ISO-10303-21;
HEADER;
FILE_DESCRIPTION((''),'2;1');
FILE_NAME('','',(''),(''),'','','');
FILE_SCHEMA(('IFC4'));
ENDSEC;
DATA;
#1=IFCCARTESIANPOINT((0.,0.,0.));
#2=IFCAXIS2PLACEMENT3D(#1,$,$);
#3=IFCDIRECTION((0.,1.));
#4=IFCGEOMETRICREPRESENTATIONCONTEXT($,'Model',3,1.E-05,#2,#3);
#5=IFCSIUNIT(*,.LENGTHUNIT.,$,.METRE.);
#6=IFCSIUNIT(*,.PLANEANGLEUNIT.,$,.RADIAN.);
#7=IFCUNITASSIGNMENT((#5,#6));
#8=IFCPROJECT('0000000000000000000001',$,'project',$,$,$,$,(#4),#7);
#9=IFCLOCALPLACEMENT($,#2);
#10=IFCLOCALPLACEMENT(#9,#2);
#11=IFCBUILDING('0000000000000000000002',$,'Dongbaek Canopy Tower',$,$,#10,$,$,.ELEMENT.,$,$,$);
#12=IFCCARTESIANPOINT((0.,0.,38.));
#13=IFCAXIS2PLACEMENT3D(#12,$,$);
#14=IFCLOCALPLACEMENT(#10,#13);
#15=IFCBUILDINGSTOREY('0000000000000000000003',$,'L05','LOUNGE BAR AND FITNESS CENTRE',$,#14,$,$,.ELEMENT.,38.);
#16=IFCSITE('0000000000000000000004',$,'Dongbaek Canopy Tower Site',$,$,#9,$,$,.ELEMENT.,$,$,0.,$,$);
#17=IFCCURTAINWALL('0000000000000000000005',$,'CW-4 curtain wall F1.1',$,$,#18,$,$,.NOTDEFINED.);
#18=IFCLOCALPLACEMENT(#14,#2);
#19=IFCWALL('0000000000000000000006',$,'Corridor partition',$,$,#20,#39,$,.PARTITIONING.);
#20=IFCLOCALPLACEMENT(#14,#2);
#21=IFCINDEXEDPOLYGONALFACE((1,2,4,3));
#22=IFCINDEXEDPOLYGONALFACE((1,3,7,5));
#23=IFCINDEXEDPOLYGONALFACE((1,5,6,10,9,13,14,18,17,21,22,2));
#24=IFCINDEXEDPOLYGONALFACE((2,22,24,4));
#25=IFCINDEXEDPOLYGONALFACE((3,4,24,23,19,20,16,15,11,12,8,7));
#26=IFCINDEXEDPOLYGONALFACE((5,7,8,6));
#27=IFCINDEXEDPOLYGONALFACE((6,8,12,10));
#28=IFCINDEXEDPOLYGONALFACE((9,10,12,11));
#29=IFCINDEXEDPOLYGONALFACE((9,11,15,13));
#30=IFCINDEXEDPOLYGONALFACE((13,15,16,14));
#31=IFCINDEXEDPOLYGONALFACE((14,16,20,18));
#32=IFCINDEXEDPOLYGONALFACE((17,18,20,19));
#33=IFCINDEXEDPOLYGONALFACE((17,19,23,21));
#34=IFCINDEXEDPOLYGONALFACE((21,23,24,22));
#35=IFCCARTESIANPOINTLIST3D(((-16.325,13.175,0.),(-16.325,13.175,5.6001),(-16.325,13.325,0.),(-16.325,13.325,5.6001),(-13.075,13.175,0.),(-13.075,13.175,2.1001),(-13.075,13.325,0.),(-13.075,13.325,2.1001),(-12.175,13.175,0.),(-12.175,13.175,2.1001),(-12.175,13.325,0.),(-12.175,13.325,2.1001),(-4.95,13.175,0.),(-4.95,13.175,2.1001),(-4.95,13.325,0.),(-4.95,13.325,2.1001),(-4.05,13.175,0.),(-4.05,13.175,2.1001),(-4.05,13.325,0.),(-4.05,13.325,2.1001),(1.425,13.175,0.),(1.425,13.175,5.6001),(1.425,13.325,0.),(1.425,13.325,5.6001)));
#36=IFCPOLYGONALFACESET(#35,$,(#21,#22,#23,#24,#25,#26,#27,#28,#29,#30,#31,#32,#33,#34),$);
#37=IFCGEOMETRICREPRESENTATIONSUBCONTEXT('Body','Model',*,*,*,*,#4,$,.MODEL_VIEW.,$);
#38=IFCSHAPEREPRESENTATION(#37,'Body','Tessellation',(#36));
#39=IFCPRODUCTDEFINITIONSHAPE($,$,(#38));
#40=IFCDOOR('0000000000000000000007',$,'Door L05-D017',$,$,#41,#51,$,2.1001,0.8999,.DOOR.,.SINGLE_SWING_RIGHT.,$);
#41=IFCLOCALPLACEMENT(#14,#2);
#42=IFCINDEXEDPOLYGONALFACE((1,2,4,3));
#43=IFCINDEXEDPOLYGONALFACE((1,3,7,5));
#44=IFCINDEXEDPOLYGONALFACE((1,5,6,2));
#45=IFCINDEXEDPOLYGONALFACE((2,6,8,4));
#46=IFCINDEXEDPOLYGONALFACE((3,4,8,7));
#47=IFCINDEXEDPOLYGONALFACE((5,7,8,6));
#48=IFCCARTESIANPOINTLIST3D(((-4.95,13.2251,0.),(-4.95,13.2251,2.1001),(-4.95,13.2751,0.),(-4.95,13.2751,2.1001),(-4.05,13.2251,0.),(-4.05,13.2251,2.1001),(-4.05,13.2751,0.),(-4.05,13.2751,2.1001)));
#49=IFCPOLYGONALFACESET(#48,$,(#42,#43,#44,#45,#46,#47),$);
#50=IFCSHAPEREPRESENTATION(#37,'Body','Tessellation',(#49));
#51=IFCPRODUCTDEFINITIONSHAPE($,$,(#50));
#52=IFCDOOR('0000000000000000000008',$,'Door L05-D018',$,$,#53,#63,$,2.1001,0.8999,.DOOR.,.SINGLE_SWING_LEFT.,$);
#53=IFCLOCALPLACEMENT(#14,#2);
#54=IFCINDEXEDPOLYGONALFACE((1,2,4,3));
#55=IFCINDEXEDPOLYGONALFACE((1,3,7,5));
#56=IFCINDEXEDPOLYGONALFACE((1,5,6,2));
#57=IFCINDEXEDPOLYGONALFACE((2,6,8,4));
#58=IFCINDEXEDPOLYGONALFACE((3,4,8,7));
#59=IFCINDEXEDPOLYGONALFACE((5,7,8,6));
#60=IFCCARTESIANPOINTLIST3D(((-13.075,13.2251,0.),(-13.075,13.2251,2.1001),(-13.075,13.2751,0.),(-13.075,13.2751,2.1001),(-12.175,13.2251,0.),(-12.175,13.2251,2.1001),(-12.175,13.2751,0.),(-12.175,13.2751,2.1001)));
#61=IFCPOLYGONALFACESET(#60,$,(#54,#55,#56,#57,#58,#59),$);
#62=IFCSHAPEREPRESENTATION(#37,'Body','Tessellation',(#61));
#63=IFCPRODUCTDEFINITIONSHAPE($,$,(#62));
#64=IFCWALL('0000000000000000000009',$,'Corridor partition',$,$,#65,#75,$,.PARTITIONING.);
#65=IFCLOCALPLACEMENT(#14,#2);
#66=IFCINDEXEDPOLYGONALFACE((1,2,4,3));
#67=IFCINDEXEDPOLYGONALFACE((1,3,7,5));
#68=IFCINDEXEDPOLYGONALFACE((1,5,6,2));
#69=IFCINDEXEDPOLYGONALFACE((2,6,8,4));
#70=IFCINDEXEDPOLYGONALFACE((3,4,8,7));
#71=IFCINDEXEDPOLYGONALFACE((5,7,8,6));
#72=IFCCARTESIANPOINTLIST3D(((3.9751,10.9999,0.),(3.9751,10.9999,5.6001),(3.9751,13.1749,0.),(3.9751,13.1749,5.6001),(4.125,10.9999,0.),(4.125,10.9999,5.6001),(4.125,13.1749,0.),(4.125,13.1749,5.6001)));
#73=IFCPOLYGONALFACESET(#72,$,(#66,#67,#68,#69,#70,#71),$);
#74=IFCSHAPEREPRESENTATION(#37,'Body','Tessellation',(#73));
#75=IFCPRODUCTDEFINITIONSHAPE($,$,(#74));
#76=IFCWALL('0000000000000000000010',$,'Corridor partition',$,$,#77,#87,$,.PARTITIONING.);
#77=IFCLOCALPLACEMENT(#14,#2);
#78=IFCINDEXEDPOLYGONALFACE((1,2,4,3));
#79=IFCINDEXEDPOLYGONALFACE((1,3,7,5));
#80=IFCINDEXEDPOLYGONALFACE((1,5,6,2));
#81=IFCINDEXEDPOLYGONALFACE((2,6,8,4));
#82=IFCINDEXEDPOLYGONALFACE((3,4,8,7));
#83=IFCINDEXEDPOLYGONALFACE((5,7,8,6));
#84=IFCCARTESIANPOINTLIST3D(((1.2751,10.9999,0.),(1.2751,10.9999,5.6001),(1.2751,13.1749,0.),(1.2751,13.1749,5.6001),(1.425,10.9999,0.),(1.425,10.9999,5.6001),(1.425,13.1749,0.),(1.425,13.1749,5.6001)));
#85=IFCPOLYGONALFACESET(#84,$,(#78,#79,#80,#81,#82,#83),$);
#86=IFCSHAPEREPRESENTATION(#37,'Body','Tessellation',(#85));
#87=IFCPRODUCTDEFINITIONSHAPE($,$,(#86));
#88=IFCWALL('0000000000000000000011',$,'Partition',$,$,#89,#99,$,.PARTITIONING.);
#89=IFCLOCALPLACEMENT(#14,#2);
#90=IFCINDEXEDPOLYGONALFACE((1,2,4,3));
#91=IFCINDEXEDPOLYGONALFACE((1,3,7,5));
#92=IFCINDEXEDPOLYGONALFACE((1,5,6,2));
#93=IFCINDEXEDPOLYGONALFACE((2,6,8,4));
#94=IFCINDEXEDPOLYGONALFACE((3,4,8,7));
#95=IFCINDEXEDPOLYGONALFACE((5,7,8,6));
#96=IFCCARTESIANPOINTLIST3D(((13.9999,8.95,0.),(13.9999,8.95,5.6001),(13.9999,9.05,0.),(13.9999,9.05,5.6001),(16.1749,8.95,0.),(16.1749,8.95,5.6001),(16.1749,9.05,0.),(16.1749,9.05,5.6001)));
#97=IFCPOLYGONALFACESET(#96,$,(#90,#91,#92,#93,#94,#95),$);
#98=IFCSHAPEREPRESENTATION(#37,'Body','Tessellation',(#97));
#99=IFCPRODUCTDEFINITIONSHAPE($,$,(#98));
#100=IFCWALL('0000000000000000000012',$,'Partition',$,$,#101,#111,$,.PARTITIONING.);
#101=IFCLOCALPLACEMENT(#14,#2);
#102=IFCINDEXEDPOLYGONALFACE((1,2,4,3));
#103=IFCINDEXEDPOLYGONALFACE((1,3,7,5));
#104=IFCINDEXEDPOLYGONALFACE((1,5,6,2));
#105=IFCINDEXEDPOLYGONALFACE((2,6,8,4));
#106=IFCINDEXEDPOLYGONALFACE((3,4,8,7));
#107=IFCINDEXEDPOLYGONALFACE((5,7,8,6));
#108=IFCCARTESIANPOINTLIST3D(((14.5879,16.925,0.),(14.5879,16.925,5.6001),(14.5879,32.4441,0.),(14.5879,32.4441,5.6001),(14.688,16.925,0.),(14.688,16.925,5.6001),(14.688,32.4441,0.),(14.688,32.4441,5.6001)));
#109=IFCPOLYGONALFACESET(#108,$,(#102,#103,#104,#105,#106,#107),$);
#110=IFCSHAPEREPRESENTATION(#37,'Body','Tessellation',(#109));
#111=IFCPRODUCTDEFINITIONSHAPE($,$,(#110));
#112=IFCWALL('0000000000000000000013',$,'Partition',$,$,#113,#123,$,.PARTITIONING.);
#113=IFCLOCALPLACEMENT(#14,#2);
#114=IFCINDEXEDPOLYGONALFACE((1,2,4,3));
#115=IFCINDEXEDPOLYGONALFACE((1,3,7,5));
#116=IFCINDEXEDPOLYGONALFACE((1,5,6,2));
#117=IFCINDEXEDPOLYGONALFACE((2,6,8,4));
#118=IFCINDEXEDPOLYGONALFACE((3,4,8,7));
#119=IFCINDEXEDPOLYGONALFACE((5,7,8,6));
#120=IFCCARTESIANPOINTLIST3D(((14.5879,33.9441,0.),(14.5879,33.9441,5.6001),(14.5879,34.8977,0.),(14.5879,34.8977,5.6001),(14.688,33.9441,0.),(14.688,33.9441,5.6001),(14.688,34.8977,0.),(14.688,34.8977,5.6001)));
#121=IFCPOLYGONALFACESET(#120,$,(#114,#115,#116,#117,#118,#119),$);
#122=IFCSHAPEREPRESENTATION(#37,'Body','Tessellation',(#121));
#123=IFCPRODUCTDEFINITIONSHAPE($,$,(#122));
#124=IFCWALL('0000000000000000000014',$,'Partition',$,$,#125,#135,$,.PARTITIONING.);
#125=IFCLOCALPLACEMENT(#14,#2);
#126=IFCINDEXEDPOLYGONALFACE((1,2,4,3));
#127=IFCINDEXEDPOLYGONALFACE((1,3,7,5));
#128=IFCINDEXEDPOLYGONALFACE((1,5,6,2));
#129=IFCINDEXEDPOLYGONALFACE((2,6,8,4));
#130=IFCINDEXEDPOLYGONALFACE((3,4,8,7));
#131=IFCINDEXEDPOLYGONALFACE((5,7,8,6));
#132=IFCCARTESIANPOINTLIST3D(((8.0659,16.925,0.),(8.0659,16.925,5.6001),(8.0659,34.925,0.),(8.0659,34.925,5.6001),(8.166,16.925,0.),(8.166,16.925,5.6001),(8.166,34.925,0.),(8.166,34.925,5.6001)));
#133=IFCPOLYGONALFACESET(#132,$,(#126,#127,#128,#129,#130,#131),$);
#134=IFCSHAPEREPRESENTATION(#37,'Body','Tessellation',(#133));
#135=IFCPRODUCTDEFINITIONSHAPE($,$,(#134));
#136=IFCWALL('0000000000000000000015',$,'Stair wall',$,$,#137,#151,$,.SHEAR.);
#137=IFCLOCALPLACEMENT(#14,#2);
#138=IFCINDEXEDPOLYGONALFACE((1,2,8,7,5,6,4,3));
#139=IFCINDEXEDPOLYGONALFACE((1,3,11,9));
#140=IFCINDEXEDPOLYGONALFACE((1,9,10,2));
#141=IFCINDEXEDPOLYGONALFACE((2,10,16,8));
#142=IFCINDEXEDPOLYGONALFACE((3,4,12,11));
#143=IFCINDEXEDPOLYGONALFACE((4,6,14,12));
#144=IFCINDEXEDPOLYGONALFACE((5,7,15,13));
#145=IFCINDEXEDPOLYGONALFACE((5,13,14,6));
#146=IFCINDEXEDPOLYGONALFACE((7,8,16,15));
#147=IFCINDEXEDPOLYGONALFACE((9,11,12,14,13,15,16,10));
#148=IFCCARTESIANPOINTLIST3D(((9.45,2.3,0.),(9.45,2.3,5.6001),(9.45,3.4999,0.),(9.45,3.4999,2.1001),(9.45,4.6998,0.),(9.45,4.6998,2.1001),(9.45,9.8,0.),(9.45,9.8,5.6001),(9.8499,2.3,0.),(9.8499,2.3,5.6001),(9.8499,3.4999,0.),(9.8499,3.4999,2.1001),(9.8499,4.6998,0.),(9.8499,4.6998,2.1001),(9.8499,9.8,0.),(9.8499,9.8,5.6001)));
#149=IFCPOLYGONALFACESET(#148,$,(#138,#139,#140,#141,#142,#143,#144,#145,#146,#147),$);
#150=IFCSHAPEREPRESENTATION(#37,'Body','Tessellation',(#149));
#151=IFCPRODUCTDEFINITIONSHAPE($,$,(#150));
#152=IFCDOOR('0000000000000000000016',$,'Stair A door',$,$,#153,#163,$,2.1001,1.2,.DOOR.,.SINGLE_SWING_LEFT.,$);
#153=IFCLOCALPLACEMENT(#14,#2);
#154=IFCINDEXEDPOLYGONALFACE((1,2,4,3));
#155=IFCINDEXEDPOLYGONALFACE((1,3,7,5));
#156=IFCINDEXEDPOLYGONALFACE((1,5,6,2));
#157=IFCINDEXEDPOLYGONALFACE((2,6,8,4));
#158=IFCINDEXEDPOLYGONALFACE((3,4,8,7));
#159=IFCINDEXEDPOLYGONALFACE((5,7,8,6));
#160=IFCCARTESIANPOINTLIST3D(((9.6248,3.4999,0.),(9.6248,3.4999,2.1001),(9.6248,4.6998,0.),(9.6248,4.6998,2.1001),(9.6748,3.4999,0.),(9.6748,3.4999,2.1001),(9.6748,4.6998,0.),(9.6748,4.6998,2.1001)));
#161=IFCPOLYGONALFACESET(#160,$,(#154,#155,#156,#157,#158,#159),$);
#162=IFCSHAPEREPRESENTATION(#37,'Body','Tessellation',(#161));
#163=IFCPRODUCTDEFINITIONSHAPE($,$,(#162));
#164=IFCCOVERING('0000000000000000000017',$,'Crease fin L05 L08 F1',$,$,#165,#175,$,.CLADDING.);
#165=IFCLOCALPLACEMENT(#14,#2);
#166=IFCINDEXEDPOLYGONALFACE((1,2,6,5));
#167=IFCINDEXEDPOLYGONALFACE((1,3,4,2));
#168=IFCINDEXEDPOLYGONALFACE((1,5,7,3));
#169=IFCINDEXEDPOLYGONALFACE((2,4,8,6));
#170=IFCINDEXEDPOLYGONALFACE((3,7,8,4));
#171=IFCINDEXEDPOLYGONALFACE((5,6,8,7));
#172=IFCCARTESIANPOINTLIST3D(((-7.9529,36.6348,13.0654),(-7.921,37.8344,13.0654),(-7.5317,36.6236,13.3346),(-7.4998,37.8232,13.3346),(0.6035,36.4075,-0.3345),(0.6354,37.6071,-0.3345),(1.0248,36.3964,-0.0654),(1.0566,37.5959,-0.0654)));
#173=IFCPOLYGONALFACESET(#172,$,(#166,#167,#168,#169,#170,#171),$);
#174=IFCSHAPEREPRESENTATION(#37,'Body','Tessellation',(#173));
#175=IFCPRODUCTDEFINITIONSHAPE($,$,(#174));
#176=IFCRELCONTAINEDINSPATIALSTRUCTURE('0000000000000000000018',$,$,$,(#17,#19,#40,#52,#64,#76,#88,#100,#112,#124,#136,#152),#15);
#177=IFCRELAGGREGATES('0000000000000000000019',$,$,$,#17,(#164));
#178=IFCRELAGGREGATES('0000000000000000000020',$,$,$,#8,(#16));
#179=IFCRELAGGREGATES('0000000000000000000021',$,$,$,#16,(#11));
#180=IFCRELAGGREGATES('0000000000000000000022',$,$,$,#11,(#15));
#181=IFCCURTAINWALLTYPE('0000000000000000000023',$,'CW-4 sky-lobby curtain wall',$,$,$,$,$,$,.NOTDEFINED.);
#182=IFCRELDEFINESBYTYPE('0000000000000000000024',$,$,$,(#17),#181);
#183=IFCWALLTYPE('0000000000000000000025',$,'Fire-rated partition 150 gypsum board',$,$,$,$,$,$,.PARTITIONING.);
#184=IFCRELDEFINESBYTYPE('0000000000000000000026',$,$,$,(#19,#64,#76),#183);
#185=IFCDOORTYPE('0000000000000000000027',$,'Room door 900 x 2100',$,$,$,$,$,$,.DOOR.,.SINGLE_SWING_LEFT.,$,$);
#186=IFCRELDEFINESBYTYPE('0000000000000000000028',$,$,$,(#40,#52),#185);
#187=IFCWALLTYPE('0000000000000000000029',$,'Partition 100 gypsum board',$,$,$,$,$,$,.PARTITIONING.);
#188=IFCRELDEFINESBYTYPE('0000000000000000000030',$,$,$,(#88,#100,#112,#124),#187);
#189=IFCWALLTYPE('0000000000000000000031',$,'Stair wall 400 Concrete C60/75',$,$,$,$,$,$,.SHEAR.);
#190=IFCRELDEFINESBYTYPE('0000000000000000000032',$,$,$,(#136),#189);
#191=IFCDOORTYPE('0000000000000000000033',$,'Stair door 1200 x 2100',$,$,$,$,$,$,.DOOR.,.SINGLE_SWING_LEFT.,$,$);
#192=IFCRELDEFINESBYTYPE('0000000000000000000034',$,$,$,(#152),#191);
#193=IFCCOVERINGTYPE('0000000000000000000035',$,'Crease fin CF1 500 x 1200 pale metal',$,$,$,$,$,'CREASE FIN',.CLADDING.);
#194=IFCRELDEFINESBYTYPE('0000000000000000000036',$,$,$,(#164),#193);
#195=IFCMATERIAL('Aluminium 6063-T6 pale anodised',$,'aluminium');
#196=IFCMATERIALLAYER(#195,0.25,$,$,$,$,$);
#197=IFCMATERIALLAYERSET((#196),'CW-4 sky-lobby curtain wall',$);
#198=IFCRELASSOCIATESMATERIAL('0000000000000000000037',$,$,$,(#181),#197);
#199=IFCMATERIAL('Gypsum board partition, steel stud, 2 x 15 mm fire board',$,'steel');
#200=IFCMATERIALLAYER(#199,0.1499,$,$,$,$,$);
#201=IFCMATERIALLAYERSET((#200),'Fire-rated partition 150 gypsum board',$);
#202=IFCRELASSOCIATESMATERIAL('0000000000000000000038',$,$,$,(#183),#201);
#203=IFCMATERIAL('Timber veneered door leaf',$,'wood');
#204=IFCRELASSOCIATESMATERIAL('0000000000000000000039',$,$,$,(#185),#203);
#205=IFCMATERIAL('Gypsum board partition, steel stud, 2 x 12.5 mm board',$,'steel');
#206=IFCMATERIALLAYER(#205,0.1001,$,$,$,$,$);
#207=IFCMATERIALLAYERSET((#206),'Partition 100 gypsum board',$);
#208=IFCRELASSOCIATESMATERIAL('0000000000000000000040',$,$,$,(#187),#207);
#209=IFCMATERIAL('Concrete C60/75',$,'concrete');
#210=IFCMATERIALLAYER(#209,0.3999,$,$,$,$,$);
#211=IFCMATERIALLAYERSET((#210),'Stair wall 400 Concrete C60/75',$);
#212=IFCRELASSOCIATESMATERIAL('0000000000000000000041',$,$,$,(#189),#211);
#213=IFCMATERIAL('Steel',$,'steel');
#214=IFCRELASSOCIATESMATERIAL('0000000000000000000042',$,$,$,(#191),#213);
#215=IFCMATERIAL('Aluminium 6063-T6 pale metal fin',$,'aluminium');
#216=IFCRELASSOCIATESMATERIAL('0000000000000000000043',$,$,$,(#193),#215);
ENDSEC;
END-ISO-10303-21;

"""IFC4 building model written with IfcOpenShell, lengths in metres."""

from ifc_helpers import new_model, si_unit, direction, frame, frame_2d, origin, origin_2d, place, context, subcontext, project, spatial, rectangle, extrude, material, layer, layer_set, material_profile, profile_set, type_object, element, fill, aggregate, save


model = new_model("IFC4")

# Units and contexts
model_context = context("Model", 3, precision=1e-05, world=origin(), true_north=direction((0.0, 1.0)))
body_context = subcontext(model_context, "Body", "Model", "MODEL_VIEW")
ifc_project = project(units=[si_unit("LENGTHUNIT", "METRE"), si_unit("PLANEANGLEUNIT", "RADIAN")], contexts=[model_context])

# Site, building, storey
site_placement = place(None, origin())
site = spatial("IfcSite", under=ifc_project, at=site_placement, Name="Dongbaek Canopy Tower Site", CompositionType="ELEMENT", RefElevation=0.0)
building_placement = place(site_placement, origin())
building = spatial("IfcBuilding", under=site, at=building_placement, Name="Dongbaek Canopy Tower", CompositionType="ELEMENT")
storey_placement = place(building_placement, frame((0.0, 0.0, 38.0)))
storey = spatial("IfcBuildingStorey", under=building, at=storey_placement, Name="L05", Description="LOUNGE BAR AND FITNESS CENTRE", CompositionType="ELEMENT", Elevation=38.0)

# Shared definitions
ifc_material_1 = material(Name="Aluminium 6063-T6 pale anodised", Category="aluminium")
ifc_layer_1 = layer(ifc_material_1, 0.25)
ifc_layer_set_1 = layer_set([ifc_layer_1], Name="CW-4 sky-lobby curtain wall")
curtain_wall_type = type_object("IfcCurtainWallType", Name="CW-4 sky-lobby curtain wall", PredefinedType="NOTDEFINED", material=ifc_layer_set_1)

# Curtain wall
curtain_wall_1_placement = place(storey_placement, origin())
curtain_wall_1 = element("IfcCurtainWall", 1, at=curtain_wall_1_placement, inside=storey, type_object=curtain_wall_type, Name="CW-4 curtain wall F1.1", PredefinedType="NOTDEFINED")

# Wall, openings, doors
ifc_material_2 = material(Name="Gypsum board partition, steel stud, 2 x 15 mm fire board", Category="steel")
ifc_layer_2 = layer(ifc_material_2, 0.1499)
ifc_layer_set_2 = layer_set([ifc_layer_2], Name="Fire-rated partition 150 gypsum board")
wall_type_1 = type_object("IfcWallType", Name="Fire-rated partition 150 gypsum board", PredefinedType="PARTITIONING", material=ifc_layer_set_2)
wall_1_placement = place(storey_placement, frame((1.425, 13.25, 0.0), z_axis=(0.0, 0.0, 1.0), x_axis=(-1.0, 0.0, 0.0)))
wall_1 = element("IfcWall", 2, at=wall_1_placement, inside=storey, type_object=wall_type_1, Name="Corridor partition", PredefinedType="PARTITIONING", context=body_context, shape_type="SweptSolid", body=[
    extrude(rectangle(XDim=17.75, YDim=0.1499, at=frame_2d((8.875, 0.0))), origin(), (0.0, 0.0, 1.0), 5.6001),
])
opening_1_placement = place(wall_1_placement, frame((5.4751, 0.0, 0.0)))
opening_1 = element("IfcOpeningElement", 3, at=opening_1_placement, cuts=wall_1, PredefinedType="OPENING", context=body_context, shape_type="SweptSolid", body=[
    extrude(rectangle(XDim=0.8999, YDim=2.1001, at=frame_2d((0.45, 1.05))), frame((0.0, 0.085, 0.0), z_axis=(0.0, -1.0, 0.0), x_axis=(1.0, 0.0, 0.0)), (0.0, 0.0, 1.0), 0.1699),
])
opening_2_placement = place(wall_1_placement, frame((13.6001, 0.0, 0.0)))
opening_2 = element("IfcOpeningElement", 4, at=opening_2_placement, cuts=wall_1, PredefinedType="OPENING", context=body_context, shape_type="SweptSolid", body=[
    extrude(rectangle(XDim=0.8999, YDim=2.1001, at=frame_2d((0.45, 1.05))), frame((0.0, 0.085, 0.0), z_axis=(0.0, -1.0, 0.0), x_axis=(1.0, 0.0, 0.0)), (0.0, 0.0, 1.0), 0.1699),
])
ifc_material_3 = material(Name="Timber veneered door leaf", Category="wood")
door_type_1 = type_object("IfcDoorType", Name="Room door 900 x 2100", OperationType="SINGLE_SWING_LEFT", PredefinedType="DOOR", material=ifc_material_3)
door_1_placement = place(opening_1_placement, origin())
door_1 = element("IfcDoor", 5, at=door_1_placement, inside=storey, type_object=door_type_1, Name="Door L05-D017", OperationType="SINGLE_SWING_RIGHT", OverallHeight=2.1001, OverallWidth=0.8999, PredefinedType="DOOR", context=body_context, shape_type="SweptSolid", body=[
    extrude(rectangle(XDim=0.8999, YDim=2.1001, at=frame_2d((0.45, 1.05))), frame((0.0, 0.0249, 0.0), z_axis=(0.0, -1.0, 0.0), x_axis=(1.0, 0.0, 0.0)), (0.0, 0.0, 1.0), 0.05),
])
fill(opening_1, door_1)
door_2_placement = place(opening_2_placement, origin())
door_2 = element("IfcDoor", 6, at=door_2_placement, inside=storey, type_object=door_type_1, Name="Door L05-D018", OperationType="SINGLE_SWING_LEFT", OverallHeight=2.1001, OverallWidth=0.8999, PredefinedType="DOOR", context=body_context, shape_type="SweptSolid", body=[
    extrude(rectangle(XDim=0.8999, YDim=2.1001, at=frame_2d((0.45, 1.05))), frame((0.0, 0.0249, 0.0), z_axis=(0.0, -1.0, 0.0), x_axis=(1.0, 0.0, 0.0)), (0.0, 0.0, 1.0), 0.05),
])
fill(opening_2, door_2)

# Walls
for number, where, z_axis, x_axis, name in (
    (7, (4.05, 11.0, 0.0), (0.0, 0.0, 1.0), (0.0, 1.0, 0.0), "Corridor partition"),
    (8, (1.3501, 11.0, 0.0), (0.0, 0.0, 1.0), (0.0, 1.0, 0.0), "Corridor partition"),
):
    element("IfcWall", number, at=place(storey_placement, frame(where, z_axis=z_axis, x_axis=x_axis)), inside=storey, type_object=wall_type_1, Name=name, PredefinedType="PARTITIONING", context=body_context, shape_type="SweptSolid", body=[
        extrude(rectangle(XDim=2.175, YDim=0.1499, at=frame_2d((1.0874, 0.0))), origin(), (0.0, 0.0, 1.0), 5.6001),
    ])
ifc_material_4 = material(Name="Gypsum board partition, steel stud, 2 x 12.5 mm board", Category="steel")
ifc_layer_3 = layer(ifc_material_4, 0.1001)
ifc_layer_set_3 = layer_set([ifc_layer_3], Name="Partition 100 gypsum board")
wall_type_2 = type_object("IfcWallType", Name="Partition 100 gypsum board", PredefinedType="PARTITIONING", material=ifc_layer_set_3)
wall_2_placement = place(storey_placement, frame((14.0, 9.0, 0.0), z_axis=(0.0, 0.0, 1.0), x_axis=(1.0, 0.0, 0.0)))
element("IfcWall", 9, at=wall_2_placement, inside=storey, type_object=wall_type_2, Name="Partition", PredefinedType="PARTITIONING", context=body_context, shape_type="SweptSolid", body=[
    extrude(rectangle(XDim=2.175, YDim=0.1001, at=frame_2d((1.0874, 0.0))), origin(), (0.0, 0.0, 1.0), 5.6001),
])
wall_3_placement = place(storey_placement, frame((14.6379, 16.925, 0.0), z_axis=(0.0, 0.0, 1.0), x_axis=(0.0, 1.0, 0.0)))
element("IfcWall", 10, at=wall_3_placement, inside=storey, type_object=wall_type_2, Name="Partition", PredefinedType="PARTITIONING", context=body_context, shape_type="SweptSolid", body=[
    extrude(rectangle(XDim=15.519, YDim=0.1001, at=frame_2d((7.7595, 0.0))), origin(), (0.0, 0.0, 1.0), 5.6001),
])
wall_4_placement = place(storey_placement, frame((14.6379, 33.9441, 0.0), z_axis=(0.0, 0.0, 1.0), x_axis=(0.0, 1.0, 0.0)))
element("IfcWall", 11, at=wall_4_placement, inside=storey, type_object=wall_type_2, Name="Partition", PredefinedType="PARTITIONING", context=body_context, shape_type="SweptSolid", body=[
    extrude(rectangle(XDim=0.9536, YDim=0.1001, at=frame_2d((0.4768, 0.0))), origin(), (0.0, 0.0, 1.0), 5.6001),
])
wall_5_placement = place(storey_placement, frame((8.116, 16.925, 0.0), z_axis=(0.0, 0.0, 1.0), x_axis=(0.0, 1.0, 0.0)))
element("IfcWall", 12, at=wall_5_placement, inside=storey, type_object=wall_type_2, Name="Partition", PredefinedType="PARTITIONING", context=body_context, shape_type="SweptSolid", body=[
    extrude(rectangle(XDim=18.0, YDim=0.1001, at=frame_2d((9.0, 0.0))), origin(), (0.0, 0.0, 1.0), 5.6001),
])

# Wall, opening, door
ifc_material_5 = material(Name="Concrete C60/75", Category="concrete")
ifc_layer_4 = layer(ifc_material_5, 0.3999)
ifc_layer_set_4 = layer_set([ifc_layer_4], Name="Stair wall 400 Concrete C60/75")
wall_type_3 = type_object("IfcWallType", Name="Stair wall 400 Concrete C60/75", PredefinedType="SHEAR", material=ifc_layer_set_4)
wall_6_placement = place(storey_placement, frame((9.6499, 9.8, 0.0), z_axis=(0.0, 0.0, 1.0), x_axis=(0.0, -1.0, 0.0)))
wall_6 = element("IfcWall", 13, at=wall_6_placement, inside=storey, type_object=wall_type_3, Name="Stair wall", PredefinedType="SHEAR", context=body_context, shape_type="SweptSolid", body=[
    extrude(rectangle(XDim=7.5, YDim=0.3999, at=frame_2d((3.75, 0.0))), origin(), (0.0, 0.0, 1.0), 5.6001),
])
opening_3_placement = place(wall_6_placement, frame((5.1001, 0.0, 0.0)))
opening_3 = element("IfcOpeningElement", 14, at=opening_3_placement, cuts=wall_6, PredefinedType="OPENING", context=body_context, shape_type="SweptSolid", body=[
    extrude(rectangle(XDim=1.2, YDim=2.1001, at=frame_2d((0.6001, 1.05))), frame((0.0, 0.21, 0.0), z_axis=(0.0, -1.0, 0.0), x_axis=(1.0, 0.0, 0.0)), (0.0, 0.0, 1.0), 0.4199),
])
ifc_material_6 = material(Name="Steel", Category="steel")
door_type_2 = type_object("IfcDoorType", Name="Stair door 1200 x 2100", OperationType="SINGLE_SWING_LEFT", PredefinedType="DOOR", material=ifc_material_6)
door_3_placement = place(opening_3_placement, origin())
door_3 = element("IfcDoor", 15, at=door_3_placement, inside=storey, type_object=door_type_2, Name="Stair A door", OperationType="SINGLE_SWING_LEFT", OverallHeight=2.1001, OverallWidth=1.2, PredefinedType="DOOR", context=body_context, shape_type="SweptSolid", body=[
    extrude(rectangle(XDim=1.2, YDim=2.1001, at=frame_2d((0.6001, 1.05))), frame((0.0, 0.0249, 0.0), z_axis=(0.0, -1.0, 0.0), x_axis=(1.0, 0.0, 0.0)), (0.0, 0.0, 1.0), 0.05),
])
fill(opening_3, door_3)

# Covering
ifc_material_7 = material(Name="Aluminium 6063-T6 pale metal fin", Category="aluminium")
ifc_material_profile_1 = material_profile(ifc_material_7, rectangle(XDim=1.2, YDim=0.5, at=origin_2d()), Name="Crease fin CF1 500 x 1200 pale metal")
ifc_profile_set_1 = profile_set([ifc_material_profile_1], Name="Aluminium 6063-T6 pale metal fin")
covering_type = type_object("IfcCoveringType", Name="Crease fin CF1 500 x 1200 pale metal", ElementType="CREASE FIN", PredefinedType="CLADDING", material=ifc_profile_set_1)
covering_placement = place(storey_placement, frame((0.8301, 37.0017, -0.2), z_axis=(-0.538126, 0.014295, 0.842743), x_axis=(-0.026555, -0.999647, 0.0)))
covering = element("IfcCovering", 16, at=covering_placement, type_object=covering_type, Name="Crease fin L05 L08 F1", PredefinedType="CLADDING", context=body_context, shape_type="SweptSolid", body=[
    extrude(rectangle(XDim=1.2, YDim=0.5, at=origin_2d()), origin(), (0.0, 0.0, 1.0), 15.9004),
])
aggregate(curtain_wall_1, [covering])

save(model, "model.ifc")
